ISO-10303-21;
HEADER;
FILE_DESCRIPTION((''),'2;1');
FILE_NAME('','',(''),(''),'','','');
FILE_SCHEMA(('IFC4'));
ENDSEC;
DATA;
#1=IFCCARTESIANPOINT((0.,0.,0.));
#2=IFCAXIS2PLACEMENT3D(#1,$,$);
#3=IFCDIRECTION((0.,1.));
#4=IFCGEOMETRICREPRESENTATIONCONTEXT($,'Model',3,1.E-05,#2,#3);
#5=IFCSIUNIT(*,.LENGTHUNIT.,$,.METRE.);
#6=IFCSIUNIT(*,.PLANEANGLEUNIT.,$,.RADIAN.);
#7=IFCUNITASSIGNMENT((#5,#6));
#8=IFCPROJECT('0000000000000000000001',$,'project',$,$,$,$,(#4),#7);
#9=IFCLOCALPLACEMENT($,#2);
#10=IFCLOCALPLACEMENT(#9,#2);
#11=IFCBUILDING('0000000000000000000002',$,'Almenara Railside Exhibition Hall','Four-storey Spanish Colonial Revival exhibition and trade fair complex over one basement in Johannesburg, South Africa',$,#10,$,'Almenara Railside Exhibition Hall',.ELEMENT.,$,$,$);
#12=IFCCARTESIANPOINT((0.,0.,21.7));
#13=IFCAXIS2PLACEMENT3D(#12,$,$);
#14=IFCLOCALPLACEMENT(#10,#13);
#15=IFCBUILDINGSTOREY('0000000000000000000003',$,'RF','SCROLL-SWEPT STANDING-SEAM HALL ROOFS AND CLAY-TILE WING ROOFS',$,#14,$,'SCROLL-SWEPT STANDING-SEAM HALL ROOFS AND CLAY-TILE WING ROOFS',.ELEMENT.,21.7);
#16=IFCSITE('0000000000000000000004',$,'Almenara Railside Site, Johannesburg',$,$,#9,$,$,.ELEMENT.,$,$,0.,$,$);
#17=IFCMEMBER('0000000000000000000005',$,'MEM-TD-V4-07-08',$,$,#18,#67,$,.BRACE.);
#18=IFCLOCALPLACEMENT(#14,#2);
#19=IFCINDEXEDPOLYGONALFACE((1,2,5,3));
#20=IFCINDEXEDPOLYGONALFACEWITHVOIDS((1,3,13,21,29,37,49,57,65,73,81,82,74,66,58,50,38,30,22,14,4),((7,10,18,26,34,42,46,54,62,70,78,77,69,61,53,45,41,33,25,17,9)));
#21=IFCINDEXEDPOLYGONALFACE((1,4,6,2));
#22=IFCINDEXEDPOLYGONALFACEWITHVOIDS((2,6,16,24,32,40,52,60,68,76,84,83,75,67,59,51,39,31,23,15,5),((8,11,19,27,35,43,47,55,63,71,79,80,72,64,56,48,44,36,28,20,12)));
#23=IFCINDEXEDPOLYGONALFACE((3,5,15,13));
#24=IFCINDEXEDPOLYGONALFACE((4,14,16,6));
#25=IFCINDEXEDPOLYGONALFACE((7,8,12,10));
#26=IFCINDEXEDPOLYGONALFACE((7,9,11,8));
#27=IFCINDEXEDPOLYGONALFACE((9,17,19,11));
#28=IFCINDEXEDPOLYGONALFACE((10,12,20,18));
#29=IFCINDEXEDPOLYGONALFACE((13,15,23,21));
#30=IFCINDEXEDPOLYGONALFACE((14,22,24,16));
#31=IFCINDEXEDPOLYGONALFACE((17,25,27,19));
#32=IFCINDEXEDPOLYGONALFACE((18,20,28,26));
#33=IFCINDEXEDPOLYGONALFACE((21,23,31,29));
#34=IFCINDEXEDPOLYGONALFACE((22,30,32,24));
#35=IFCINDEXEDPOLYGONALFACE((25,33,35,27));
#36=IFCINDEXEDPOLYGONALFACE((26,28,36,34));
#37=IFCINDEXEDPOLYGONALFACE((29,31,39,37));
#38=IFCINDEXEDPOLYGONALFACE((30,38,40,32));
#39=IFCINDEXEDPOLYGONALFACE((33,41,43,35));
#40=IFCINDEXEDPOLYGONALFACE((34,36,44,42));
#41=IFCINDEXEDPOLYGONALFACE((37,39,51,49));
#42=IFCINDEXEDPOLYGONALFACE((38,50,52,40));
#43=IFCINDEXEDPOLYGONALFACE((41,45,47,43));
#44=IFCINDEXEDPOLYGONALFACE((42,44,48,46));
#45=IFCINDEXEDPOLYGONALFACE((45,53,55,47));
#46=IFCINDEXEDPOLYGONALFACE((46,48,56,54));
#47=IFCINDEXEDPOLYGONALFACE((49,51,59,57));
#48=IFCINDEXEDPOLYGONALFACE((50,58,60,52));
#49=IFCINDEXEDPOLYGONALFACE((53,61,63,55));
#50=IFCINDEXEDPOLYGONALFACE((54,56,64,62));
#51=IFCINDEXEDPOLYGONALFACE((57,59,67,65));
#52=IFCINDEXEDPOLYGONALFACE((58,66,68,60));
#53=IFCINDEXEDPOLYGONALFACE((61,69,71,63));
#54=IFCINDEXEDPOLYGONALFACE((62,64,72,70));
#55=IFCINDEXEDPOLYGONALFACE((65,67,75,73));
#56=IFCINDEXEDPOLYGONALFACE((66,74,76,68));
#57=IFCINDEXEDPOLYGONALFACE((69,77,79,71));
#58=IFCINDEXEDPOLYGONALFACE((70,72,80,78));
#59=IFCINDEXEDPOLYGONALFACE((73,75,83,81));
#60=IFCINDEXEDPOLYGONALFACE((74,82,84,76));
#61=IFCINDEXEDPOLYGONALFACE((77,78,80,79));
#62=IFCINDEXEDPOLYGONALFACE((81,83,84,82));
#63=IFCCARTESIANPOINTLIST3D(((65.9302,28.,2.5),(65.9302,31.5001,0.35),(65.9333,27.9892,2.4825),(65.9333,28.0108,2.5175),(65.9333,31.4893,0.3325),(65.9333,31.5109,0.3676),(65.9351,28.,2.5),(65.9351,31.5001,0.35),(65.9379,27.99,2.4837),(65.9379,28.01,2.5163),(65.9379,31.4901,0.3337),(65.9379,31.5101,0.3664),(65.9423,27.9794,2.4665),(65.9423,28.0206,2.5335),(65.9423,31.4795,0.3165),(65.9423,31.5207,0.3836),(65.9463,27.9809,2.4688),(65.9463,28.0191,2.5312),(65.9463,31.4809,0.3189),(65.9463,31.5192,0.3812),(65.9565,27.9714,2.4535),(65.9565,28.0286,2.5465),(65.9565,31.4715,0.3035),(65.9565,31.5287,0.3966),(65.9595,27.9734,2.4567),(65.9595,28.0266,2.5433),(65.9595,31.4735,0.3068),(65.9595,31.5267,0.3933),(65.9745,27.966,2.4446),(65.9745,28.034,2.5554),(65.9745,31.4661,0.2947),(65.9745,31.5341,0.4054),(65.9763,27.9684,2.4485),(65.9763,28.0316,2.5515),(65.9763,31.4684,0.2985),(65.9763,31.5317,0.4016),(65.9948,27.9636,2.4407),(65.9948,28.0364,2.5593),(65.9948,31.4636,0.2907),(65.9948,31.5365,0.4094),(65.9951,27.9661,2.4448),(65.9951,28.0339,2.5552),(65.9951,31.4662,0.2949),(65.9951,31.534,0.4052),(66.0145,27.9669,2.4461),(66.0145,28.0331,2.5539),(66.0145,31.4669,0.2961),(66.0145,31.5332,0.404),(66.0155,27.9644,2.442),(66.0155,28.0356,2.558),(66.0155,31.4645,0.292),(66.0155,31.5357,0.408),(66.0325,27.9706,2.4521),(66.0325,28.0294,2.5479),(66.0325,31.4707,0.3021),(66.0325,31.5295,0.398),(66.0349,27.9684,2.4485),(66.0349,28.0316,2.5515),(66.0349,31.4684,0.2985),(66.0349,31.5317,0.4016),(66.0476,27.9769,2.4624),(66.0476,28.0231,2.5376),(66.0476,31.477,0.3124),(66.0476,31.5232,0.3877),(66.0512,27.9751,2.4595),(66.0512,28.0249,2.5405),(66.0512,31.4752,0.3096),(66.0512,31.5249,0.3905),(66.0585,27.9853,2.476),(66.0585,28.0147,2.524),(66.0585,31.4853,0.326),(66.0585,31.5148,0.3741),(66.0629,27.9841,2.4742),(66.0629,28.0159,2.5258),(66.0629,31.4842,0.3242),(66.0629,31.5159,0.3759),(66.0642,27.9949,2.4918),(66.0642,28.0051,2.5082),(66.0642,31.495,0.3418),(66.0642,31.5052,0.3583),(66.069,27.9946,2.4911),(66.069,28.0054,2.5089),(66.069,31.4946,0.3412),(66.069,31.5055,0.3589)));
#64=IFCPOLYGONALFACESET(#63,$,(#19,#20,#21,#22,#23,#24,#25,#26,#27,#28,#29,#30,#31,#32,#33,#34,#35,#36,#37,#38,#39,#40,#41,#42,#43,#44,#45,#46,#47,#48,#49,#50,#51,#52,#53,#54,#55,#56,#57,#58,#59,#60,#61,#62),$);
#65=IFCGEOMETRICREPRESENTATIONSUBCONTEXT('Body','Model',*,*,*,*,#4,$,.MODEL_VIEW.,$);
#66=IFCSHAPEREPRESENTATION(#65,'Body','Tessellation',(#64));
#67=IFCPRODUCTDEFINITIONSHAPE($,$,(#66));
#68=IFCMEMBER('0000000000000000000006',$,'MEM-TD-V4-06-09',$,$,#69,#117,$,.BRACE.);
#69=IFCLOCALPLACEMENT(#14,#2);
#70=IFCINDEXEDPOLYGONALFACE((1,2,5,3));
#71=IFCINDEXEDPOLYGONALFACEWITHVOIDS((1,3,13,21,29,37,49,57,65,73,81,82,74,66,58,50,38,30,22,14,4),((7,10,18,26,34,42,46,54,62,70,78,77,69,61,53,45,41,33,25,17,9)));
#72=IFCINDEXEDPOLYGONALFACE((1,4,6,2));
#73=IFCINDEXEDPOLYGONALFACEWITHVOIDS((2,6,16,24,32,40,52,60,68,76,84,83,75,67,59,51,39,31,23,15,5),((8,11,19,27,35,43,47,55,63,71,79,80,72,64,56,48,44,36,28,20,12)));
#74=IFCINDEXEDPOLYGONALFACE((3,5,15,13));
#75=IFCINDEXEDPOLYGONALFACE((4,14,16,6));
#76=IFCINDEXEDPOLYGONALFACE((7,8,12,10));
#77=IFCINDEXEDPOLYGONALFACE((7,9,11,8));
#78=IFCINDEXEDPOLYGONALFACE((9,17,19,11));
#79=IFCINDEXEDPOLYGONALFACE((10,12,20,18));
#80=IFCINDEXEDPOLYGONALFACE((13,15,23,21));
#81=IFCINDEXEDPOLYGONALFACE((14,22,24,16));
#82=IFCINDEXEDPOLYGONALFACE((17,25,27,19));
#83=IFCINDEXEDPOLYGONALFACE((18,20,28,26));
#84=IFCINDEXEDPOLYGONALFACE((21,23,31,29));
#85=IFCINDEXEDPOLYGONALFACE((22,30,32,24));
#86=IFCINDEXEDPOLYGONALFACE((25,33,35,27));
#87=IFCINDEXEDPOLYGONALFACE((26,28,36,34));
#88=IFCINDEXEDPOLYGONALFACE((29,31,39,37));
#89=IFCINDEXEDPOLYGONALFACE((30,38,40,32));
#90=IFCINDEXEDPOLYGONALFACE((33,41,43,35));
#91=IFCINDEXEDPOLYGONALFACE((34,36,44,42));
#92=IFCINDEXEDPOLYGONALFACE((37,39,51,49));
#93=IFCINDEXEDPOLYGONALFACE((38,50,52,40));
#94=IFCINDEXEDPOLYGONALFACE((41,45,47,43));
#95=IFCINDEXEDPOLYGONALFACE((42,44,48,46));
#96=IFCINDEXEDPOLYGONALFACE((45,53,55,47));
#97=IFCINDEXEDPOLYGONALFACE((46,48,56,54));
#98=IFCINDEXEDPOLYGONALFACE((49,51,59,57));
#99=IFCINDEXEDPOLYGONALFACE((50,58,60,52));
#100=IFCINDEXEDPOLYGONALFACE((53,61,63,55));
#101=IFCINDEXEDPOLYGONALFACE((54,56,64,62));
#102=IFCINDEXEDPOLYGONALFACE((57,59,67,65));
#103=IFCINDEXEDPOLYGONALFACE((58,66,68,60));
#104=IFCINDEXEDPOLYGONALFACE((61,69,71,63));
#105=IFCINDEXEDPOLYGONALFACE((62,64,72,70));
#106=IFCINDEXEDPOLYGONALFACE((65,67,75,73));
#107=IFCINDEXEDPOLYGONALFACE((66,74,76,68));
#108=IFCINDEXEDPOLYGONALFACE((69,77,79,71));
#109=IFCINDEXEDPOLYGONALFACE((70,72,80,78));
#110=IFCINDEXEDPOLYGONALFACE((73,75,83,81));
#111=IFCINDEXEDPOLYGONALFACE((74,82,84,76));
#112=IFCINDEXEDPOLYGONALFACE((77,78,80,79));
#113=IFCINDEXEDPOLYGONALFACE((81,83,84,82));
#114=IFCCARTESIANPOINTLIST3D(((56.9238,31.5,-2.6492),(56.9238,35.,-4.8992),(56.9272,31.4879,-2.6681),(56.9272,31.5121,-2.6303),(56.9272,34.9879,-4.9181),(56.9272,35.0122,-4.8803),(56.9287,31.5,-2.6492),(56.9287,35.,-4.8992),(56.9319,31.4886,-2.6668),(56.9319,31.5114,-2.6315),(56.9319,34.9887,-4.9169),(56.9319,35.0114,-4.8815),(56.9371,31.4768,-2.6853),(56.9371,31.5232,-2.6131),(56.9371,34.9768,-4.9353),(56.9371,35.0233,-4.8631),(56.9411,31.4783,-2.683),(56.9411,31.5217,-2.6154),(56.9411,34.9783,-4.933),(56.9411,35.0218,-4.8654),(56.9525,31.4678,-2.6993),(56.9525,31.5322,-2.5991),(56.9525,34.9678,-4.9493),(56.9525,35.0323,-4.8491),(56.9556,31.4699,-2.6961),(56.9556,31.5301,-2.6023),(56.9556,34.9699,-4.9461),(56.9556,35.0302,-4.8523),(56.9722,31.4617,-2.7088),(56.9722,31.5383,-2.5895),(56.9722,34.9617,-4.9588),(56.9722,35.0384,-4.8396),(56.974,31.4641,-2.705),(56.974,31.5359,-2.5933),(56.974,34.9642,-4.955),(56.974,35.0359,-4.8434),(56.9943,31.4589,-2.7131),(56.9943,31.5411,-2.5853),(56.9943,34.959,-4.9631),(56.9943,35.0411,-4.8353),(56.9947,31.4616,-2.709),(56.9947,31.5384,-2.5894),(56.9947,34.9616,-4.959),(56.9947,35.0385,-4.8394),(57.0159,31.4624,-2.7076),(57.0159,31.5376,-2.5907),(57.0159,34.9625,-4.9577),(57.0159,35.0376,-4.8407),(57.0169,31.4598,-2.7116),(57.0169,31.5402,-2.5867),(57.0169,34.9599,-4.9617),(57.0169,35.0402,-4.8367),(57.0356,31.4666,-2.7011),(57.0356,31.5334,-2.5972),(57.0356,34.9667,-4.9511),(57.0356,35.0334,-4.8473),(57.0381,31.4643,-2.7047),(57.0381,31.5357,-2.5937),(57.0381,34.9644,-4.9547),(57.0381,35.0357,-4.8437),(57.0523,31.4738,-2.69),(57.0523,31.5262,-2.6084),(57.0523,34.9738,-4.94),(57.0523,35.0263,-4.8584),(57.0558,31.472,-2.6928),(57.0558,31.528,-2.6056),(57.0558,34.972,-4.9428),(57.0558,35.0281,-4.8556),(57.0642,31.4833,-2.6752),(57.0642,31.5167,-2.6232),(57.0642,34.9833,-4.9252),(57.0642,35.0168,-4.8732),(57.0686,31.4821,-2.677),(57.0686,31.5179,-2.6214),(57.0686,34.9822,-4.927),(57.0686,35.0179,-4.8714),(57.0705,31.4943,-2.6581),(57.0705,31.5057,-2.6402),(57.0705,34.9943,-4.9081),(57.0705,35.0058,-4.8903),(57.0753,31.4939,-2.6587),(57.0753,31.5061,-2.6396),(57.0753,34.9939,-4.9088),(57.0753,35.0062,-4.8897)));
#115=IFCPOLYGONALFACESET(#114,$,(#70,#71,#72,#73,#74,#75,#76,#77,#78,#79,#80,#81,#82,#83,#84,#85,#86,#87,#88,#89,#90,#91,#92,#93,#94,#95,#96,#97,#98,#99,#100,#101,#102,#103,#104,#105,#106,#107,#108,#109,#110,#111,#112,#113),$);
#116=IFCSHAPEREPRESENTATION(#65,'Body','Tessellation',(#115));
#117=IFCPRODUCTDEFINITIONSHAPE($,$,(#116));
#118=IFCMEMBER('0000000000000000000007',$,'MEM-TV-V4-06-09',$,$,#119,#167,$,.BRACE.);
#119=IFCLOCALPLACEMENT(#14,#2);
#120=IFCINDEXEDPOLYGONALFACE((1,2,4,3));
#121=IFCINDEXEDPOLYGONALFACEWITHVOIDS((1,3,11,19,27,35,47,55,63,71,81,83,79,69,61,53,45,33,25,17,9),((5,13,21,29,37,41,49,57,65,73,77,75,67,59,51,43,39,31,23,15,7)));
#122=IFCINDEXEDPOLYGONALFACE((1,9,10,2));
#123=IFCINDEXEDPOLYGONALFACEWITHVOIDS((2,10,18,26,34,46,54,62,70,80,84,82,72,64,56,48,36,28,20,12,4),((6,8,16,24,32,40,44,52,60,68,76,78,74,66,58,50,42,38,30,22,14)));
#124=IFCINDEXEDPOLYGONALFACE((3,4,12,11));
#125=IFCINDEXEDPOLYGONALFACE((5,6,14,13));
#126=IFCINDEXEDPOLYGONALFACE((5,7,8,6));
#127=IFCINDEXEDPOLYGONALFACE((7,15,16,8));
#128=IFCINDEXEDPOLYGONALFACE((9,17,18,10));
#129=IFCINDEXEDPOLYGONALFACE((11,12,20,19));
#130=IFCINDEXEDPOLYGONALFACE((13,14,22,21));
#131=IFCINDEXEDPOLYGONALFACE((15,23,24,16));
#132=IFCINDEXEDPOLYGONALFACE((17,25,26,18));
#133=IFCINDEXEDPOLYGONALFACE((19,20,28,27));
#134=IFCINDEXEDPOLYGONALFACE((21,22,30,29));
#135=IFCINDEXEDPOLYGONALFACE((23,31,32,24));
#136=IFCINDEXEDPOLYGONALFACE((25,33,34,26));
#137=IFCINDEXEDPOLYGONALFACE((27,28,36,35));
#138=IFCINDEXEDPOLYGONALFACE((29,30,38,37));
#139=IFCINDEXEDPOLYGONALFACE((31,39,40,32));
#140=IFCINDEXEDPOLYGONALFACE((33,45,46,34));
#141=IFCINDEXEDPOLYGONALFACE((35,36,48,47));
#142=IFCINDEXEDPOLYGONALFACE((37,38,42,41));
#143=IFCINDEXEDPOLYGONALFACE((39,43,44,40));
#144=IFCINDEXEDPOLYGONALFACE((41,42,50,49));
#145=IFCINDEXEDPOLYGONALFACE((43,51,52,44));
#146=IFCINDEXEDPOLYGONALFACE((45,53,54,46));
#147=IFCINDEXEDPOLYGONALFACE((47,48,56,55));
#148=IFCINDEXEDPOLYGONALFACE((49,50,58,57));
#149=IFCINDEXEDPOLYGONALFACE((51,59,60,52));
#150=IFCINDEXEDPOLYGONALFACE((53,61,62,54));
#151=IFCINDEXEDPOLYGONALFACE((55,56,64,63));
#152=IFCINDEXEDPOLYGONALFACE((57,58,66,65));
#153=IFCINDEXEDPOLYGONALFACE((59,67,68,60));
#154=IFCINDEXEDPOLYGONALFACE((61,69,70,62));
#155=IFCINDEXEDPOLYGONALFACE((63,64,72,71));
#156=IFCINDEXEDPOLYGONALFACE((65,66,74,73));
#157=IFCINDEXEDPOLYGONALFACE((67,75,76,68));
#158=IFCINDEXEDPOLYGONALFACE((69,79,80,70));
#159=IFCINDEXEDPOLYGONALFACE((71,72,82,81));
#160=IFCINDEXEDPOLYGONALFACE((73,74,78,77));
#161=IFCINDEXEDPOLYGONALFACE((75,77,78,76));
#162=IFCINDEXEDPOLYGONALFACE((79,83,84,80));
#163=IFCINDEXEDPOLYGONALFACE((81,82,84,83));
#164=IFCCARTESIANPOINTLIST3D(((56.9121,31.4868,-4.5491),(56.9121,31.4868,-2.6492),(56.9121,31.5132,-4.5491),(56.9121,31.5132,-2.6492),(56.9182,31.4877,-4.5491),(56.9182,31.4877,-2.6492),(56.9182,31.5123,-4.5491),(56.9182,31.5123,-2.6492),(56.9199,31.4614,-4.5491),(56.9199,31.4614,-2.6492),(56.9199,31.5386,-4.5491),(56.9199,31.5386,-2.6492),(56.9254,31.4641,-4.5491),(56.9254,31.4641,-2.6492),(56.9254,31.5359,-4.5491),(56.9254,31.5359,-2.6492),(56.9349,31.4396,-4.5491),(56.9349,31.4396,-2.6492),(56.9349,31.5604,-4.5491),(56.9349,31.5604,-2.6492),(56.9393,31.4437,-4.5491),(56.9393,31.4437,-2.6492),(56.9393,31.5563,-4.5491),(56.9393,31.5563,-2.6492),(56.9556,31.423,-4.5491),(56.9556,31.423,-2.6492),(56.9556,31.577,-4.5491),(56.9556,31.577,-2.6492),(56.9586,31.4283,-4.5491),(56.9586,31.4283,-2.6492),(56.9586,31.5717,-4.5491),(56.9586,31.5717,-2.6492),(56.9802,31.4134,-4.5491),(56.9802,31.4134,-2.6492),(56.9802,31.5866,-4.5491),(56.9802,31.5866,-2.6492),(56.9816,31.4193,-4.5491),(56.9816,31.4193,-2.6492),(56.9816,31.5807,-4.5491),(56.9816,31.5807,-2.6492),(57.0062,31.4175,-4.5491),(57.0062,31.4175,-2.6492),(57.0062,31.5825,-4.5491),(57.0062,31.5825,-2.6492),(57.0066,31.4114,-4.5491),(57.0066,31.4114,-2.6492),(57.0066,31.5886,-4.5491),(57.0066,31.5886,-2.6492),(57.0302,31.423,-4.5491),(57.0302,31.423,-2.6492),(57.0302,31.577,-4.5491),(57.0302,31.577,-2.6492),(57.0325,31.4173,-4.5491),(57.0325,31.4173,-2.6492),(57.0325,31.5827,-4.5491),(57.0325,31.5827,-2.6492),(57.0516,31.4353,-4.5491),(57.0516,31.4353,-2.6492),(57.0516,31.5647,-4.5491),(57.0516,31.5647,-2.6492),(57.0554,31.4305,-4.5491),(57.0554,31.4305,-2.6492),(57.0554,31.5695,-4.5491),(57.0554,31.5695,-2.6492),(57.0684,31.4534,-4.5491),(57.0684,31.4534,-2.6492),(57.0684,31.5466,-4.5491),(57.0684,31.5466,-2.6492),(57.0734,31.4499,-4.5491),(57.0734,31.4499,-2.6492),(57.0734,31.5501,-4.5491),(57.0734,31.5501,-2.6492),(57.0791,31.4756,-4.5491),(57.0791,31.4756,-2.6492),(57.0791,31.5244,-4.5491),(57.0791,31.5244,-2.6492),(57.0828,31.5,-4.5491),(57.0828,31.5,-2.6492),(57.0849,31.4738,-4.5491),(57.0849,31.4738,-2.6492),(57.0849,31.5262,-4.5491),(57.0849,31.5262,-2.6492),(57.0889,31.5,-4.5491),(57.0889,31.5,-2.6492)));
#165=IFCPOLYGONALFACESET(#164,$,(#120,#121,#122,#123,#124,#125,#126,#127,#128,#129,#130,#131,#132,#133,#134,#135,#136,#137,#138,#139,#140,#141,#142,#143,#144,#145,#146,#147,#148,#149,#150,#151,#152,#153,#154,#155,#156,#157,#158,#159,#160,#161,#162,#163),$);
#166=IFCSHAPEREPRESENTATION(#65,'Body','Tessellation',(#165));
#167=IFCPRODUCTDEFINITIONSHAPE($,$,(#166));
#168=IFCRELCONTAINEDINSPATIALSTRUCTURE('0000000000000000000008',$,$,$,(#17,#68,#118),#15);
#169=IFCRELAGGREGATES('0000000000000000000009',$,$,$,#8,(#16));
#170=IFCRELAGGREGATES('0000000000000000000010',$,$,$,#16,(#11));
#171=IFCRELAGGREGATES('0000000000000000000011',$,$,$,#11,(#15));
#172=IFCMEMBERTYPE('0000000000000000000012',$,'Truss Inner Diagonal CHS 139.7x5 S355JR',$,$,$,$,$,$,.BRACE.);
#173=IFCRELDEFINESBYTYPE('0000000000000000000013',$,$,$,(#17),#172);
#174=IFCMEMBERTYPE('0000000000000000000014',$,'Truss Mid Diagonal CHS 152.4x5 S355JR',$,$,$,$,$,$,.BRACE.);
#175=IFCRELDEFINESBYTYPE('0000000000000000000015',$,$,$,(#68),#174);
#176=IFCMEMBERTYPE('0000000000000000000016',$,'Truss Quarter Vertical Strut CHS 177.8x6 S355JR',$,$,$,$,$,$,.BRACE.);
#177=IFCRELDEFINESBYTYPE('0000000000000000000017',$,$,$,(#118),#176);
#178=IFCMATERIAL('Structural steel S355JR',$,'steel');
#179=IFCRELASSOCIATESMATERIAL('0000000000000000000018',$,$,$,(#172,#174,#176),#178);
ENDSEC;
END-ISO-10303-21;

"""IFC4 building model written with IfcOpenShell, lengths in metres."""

from ifc_helpers import new_model, si_unit, direction, frame, origin, origin_2d, place, context, subcontext, project, spatial, hollow_circle, extrude, material, material_profile, profile_set, type_object, element, save


model = new_model("IFC4")

# Units and contexts
model_context = context("Model", 3, precision=1e-05, world=origin(), true_north=direction((0.0, 1.0)))
body_context = subcontext(model_context, "Body", "Model", "MODEL_VIEW")
ifc_project = project(units=[si_unit("LENGTHUNIT", "METRE"), si_unit("PLANEANGLEUNIT", "RADIAN")], contexts=[model_context])

# Site, building, storey
site_placement = place(None, origin())
site = spatial("IfcSite", under=ifc_project, at=site_placement, Name="Almenara Railside Site, Johannesburg", CompositionType="ELEMENT", RefElevation=0.0)
building_placement = place(site_placement, origin())
building = spatial("IfcBuilding", under=site, at=building_placement, Name="Almenara Railside Exhibition Hall", Description="Four-storey Spanish Colonial Revival exhibition and trade fair complex over one basement in Johannesburg, South Africa", LongName="Almenara Railside Exhibition Hall", CompositionType="ELEMENT")
storey_placement = place(building_placement, frame((0.0, 0.0, 21.7)))
storey = spatial("IfcBuildingStorey", under=building, at=storey_placement, Name="RF", Description="SCROLL-SWEPT STANDING-SEAM HALL ROOFS AND CLAY-TILE WING ROOFS", LongName="SCROLL-SWEPT STANDING-SEAM HALL ROOFS AND CLAY-TILE WING ROOFS", CompositionType="ELEMENT", Elevation=21.7)

# Members
ifc_material_1 = material(Name="Structural steel S355JR", Category="steel")
ifc_material_profile_1 = material_profile(ifc_material_1, hollow_circle(Radius=0.0698, WallThickness=0.0049, at=origin_2d()), Name="CHS 139.7x5")
ifc_profile_set_1 = profile_set([ifc_material_profile_1], Name="Structural steel S355JR")
member_type_1 = type_object("IfcMemberType", Name="Truss Inner Diagonal CHS 139.7x5 S355JR", PredefinedType="BRACE", material=ifc_profile_set_1)
member_1_placement = place(storey_placement, frame((66.0, 28.0, 2.5), z_axis=(0.0, 0.852087, -0.523401), x_axis=(-1.0, 0.0, 0.0)))
element("IfcMember", 1, at=member_1_placement, inside=storey, type_object=member_type_1, Name="MEM-TD-V4-07-08", PredefinedType="BRACE", context=body_context, shape_type="SweptSolid", body=[
    extrude(hollow_circle(Radius=0.0698, WallThickness=0.0049, at=origin_2d()), origin(), (0.0, 0.0, 1.0), 4.1077),
])
ifc_material_profile_2 = material_profile(ifc_material_1, hollow_circle(Radius=0.0762, WallThickness=0.0049, at=origin_2d()), Name="CHS 152.4x5")
ifc_profile_set_2 = profile_set([ifc_material_profile_2], Name="Structural steel S355JR")
member_type_2 = type_object("IfcMemberType", Name="Truss Mid Diagonal CHS 152.4x5 S355JR", PredefinedType="BRACE", material=ifc_profile_set_2)
member_2_placement = place(storey_placement, frame((57.0, 31.5, -2.6492), z_axis=(0.0, 0.841178, -0.540758), x_axis=(-1.0, 0.0, 0.0)))
element("IfcMember", 2, at=member_2_placement, inside=storey, type_object=member_type_2, Name="MEM-TD-V4-06-09", PredefinedType="BRACE", context=body_context, shape_type="SweptSolid", body=[
    extrude(hollow_circle(Radius=0.0762, WallThickness=0.0049, at=origin_2d()), origin(), (0.0, 0.0, 1.0), 4.1609),
])
ifc_material_profile_3 = material_profile(ifc_material_1, hollow_circle(Radius=0.0889, WallThickness=0.0061, at=origin_2d()), Name="CHS 177.8x6")
ifc_profile_set_3 = profile_set([ifc_material_profile_3], Name="Structural steel S355JR")
member_type_3 = type_object("IfcMemberType", Name="Truss Quarter Vertical Strut CHS 177.8x6 S355JR", PredefinedType="BRACE", material=ifc_profile_set_3)
member_3_placement = place(storey_placement, frame((57.0, 31.5, -4.5491), z_axis=(0.0, 0.0, 1.0), x_axis=(1.0, 0.0, 0.0)))
element("IfcMember", 3, at=member_3_placement, inside=storey, type_object=member_type_3, Name="MEM-TV-V4-06-09", PredefinedType="BRACE", context=body_context, shape_type="SweptSolid", body=[
    extrude(hollow_circle(Radius=0.0889, WallThickness=0.0061, at=origin_2d()), origin(), (0.0, 0.0, 1.0), 1.8999),
])

save(model, "model.ifc")
